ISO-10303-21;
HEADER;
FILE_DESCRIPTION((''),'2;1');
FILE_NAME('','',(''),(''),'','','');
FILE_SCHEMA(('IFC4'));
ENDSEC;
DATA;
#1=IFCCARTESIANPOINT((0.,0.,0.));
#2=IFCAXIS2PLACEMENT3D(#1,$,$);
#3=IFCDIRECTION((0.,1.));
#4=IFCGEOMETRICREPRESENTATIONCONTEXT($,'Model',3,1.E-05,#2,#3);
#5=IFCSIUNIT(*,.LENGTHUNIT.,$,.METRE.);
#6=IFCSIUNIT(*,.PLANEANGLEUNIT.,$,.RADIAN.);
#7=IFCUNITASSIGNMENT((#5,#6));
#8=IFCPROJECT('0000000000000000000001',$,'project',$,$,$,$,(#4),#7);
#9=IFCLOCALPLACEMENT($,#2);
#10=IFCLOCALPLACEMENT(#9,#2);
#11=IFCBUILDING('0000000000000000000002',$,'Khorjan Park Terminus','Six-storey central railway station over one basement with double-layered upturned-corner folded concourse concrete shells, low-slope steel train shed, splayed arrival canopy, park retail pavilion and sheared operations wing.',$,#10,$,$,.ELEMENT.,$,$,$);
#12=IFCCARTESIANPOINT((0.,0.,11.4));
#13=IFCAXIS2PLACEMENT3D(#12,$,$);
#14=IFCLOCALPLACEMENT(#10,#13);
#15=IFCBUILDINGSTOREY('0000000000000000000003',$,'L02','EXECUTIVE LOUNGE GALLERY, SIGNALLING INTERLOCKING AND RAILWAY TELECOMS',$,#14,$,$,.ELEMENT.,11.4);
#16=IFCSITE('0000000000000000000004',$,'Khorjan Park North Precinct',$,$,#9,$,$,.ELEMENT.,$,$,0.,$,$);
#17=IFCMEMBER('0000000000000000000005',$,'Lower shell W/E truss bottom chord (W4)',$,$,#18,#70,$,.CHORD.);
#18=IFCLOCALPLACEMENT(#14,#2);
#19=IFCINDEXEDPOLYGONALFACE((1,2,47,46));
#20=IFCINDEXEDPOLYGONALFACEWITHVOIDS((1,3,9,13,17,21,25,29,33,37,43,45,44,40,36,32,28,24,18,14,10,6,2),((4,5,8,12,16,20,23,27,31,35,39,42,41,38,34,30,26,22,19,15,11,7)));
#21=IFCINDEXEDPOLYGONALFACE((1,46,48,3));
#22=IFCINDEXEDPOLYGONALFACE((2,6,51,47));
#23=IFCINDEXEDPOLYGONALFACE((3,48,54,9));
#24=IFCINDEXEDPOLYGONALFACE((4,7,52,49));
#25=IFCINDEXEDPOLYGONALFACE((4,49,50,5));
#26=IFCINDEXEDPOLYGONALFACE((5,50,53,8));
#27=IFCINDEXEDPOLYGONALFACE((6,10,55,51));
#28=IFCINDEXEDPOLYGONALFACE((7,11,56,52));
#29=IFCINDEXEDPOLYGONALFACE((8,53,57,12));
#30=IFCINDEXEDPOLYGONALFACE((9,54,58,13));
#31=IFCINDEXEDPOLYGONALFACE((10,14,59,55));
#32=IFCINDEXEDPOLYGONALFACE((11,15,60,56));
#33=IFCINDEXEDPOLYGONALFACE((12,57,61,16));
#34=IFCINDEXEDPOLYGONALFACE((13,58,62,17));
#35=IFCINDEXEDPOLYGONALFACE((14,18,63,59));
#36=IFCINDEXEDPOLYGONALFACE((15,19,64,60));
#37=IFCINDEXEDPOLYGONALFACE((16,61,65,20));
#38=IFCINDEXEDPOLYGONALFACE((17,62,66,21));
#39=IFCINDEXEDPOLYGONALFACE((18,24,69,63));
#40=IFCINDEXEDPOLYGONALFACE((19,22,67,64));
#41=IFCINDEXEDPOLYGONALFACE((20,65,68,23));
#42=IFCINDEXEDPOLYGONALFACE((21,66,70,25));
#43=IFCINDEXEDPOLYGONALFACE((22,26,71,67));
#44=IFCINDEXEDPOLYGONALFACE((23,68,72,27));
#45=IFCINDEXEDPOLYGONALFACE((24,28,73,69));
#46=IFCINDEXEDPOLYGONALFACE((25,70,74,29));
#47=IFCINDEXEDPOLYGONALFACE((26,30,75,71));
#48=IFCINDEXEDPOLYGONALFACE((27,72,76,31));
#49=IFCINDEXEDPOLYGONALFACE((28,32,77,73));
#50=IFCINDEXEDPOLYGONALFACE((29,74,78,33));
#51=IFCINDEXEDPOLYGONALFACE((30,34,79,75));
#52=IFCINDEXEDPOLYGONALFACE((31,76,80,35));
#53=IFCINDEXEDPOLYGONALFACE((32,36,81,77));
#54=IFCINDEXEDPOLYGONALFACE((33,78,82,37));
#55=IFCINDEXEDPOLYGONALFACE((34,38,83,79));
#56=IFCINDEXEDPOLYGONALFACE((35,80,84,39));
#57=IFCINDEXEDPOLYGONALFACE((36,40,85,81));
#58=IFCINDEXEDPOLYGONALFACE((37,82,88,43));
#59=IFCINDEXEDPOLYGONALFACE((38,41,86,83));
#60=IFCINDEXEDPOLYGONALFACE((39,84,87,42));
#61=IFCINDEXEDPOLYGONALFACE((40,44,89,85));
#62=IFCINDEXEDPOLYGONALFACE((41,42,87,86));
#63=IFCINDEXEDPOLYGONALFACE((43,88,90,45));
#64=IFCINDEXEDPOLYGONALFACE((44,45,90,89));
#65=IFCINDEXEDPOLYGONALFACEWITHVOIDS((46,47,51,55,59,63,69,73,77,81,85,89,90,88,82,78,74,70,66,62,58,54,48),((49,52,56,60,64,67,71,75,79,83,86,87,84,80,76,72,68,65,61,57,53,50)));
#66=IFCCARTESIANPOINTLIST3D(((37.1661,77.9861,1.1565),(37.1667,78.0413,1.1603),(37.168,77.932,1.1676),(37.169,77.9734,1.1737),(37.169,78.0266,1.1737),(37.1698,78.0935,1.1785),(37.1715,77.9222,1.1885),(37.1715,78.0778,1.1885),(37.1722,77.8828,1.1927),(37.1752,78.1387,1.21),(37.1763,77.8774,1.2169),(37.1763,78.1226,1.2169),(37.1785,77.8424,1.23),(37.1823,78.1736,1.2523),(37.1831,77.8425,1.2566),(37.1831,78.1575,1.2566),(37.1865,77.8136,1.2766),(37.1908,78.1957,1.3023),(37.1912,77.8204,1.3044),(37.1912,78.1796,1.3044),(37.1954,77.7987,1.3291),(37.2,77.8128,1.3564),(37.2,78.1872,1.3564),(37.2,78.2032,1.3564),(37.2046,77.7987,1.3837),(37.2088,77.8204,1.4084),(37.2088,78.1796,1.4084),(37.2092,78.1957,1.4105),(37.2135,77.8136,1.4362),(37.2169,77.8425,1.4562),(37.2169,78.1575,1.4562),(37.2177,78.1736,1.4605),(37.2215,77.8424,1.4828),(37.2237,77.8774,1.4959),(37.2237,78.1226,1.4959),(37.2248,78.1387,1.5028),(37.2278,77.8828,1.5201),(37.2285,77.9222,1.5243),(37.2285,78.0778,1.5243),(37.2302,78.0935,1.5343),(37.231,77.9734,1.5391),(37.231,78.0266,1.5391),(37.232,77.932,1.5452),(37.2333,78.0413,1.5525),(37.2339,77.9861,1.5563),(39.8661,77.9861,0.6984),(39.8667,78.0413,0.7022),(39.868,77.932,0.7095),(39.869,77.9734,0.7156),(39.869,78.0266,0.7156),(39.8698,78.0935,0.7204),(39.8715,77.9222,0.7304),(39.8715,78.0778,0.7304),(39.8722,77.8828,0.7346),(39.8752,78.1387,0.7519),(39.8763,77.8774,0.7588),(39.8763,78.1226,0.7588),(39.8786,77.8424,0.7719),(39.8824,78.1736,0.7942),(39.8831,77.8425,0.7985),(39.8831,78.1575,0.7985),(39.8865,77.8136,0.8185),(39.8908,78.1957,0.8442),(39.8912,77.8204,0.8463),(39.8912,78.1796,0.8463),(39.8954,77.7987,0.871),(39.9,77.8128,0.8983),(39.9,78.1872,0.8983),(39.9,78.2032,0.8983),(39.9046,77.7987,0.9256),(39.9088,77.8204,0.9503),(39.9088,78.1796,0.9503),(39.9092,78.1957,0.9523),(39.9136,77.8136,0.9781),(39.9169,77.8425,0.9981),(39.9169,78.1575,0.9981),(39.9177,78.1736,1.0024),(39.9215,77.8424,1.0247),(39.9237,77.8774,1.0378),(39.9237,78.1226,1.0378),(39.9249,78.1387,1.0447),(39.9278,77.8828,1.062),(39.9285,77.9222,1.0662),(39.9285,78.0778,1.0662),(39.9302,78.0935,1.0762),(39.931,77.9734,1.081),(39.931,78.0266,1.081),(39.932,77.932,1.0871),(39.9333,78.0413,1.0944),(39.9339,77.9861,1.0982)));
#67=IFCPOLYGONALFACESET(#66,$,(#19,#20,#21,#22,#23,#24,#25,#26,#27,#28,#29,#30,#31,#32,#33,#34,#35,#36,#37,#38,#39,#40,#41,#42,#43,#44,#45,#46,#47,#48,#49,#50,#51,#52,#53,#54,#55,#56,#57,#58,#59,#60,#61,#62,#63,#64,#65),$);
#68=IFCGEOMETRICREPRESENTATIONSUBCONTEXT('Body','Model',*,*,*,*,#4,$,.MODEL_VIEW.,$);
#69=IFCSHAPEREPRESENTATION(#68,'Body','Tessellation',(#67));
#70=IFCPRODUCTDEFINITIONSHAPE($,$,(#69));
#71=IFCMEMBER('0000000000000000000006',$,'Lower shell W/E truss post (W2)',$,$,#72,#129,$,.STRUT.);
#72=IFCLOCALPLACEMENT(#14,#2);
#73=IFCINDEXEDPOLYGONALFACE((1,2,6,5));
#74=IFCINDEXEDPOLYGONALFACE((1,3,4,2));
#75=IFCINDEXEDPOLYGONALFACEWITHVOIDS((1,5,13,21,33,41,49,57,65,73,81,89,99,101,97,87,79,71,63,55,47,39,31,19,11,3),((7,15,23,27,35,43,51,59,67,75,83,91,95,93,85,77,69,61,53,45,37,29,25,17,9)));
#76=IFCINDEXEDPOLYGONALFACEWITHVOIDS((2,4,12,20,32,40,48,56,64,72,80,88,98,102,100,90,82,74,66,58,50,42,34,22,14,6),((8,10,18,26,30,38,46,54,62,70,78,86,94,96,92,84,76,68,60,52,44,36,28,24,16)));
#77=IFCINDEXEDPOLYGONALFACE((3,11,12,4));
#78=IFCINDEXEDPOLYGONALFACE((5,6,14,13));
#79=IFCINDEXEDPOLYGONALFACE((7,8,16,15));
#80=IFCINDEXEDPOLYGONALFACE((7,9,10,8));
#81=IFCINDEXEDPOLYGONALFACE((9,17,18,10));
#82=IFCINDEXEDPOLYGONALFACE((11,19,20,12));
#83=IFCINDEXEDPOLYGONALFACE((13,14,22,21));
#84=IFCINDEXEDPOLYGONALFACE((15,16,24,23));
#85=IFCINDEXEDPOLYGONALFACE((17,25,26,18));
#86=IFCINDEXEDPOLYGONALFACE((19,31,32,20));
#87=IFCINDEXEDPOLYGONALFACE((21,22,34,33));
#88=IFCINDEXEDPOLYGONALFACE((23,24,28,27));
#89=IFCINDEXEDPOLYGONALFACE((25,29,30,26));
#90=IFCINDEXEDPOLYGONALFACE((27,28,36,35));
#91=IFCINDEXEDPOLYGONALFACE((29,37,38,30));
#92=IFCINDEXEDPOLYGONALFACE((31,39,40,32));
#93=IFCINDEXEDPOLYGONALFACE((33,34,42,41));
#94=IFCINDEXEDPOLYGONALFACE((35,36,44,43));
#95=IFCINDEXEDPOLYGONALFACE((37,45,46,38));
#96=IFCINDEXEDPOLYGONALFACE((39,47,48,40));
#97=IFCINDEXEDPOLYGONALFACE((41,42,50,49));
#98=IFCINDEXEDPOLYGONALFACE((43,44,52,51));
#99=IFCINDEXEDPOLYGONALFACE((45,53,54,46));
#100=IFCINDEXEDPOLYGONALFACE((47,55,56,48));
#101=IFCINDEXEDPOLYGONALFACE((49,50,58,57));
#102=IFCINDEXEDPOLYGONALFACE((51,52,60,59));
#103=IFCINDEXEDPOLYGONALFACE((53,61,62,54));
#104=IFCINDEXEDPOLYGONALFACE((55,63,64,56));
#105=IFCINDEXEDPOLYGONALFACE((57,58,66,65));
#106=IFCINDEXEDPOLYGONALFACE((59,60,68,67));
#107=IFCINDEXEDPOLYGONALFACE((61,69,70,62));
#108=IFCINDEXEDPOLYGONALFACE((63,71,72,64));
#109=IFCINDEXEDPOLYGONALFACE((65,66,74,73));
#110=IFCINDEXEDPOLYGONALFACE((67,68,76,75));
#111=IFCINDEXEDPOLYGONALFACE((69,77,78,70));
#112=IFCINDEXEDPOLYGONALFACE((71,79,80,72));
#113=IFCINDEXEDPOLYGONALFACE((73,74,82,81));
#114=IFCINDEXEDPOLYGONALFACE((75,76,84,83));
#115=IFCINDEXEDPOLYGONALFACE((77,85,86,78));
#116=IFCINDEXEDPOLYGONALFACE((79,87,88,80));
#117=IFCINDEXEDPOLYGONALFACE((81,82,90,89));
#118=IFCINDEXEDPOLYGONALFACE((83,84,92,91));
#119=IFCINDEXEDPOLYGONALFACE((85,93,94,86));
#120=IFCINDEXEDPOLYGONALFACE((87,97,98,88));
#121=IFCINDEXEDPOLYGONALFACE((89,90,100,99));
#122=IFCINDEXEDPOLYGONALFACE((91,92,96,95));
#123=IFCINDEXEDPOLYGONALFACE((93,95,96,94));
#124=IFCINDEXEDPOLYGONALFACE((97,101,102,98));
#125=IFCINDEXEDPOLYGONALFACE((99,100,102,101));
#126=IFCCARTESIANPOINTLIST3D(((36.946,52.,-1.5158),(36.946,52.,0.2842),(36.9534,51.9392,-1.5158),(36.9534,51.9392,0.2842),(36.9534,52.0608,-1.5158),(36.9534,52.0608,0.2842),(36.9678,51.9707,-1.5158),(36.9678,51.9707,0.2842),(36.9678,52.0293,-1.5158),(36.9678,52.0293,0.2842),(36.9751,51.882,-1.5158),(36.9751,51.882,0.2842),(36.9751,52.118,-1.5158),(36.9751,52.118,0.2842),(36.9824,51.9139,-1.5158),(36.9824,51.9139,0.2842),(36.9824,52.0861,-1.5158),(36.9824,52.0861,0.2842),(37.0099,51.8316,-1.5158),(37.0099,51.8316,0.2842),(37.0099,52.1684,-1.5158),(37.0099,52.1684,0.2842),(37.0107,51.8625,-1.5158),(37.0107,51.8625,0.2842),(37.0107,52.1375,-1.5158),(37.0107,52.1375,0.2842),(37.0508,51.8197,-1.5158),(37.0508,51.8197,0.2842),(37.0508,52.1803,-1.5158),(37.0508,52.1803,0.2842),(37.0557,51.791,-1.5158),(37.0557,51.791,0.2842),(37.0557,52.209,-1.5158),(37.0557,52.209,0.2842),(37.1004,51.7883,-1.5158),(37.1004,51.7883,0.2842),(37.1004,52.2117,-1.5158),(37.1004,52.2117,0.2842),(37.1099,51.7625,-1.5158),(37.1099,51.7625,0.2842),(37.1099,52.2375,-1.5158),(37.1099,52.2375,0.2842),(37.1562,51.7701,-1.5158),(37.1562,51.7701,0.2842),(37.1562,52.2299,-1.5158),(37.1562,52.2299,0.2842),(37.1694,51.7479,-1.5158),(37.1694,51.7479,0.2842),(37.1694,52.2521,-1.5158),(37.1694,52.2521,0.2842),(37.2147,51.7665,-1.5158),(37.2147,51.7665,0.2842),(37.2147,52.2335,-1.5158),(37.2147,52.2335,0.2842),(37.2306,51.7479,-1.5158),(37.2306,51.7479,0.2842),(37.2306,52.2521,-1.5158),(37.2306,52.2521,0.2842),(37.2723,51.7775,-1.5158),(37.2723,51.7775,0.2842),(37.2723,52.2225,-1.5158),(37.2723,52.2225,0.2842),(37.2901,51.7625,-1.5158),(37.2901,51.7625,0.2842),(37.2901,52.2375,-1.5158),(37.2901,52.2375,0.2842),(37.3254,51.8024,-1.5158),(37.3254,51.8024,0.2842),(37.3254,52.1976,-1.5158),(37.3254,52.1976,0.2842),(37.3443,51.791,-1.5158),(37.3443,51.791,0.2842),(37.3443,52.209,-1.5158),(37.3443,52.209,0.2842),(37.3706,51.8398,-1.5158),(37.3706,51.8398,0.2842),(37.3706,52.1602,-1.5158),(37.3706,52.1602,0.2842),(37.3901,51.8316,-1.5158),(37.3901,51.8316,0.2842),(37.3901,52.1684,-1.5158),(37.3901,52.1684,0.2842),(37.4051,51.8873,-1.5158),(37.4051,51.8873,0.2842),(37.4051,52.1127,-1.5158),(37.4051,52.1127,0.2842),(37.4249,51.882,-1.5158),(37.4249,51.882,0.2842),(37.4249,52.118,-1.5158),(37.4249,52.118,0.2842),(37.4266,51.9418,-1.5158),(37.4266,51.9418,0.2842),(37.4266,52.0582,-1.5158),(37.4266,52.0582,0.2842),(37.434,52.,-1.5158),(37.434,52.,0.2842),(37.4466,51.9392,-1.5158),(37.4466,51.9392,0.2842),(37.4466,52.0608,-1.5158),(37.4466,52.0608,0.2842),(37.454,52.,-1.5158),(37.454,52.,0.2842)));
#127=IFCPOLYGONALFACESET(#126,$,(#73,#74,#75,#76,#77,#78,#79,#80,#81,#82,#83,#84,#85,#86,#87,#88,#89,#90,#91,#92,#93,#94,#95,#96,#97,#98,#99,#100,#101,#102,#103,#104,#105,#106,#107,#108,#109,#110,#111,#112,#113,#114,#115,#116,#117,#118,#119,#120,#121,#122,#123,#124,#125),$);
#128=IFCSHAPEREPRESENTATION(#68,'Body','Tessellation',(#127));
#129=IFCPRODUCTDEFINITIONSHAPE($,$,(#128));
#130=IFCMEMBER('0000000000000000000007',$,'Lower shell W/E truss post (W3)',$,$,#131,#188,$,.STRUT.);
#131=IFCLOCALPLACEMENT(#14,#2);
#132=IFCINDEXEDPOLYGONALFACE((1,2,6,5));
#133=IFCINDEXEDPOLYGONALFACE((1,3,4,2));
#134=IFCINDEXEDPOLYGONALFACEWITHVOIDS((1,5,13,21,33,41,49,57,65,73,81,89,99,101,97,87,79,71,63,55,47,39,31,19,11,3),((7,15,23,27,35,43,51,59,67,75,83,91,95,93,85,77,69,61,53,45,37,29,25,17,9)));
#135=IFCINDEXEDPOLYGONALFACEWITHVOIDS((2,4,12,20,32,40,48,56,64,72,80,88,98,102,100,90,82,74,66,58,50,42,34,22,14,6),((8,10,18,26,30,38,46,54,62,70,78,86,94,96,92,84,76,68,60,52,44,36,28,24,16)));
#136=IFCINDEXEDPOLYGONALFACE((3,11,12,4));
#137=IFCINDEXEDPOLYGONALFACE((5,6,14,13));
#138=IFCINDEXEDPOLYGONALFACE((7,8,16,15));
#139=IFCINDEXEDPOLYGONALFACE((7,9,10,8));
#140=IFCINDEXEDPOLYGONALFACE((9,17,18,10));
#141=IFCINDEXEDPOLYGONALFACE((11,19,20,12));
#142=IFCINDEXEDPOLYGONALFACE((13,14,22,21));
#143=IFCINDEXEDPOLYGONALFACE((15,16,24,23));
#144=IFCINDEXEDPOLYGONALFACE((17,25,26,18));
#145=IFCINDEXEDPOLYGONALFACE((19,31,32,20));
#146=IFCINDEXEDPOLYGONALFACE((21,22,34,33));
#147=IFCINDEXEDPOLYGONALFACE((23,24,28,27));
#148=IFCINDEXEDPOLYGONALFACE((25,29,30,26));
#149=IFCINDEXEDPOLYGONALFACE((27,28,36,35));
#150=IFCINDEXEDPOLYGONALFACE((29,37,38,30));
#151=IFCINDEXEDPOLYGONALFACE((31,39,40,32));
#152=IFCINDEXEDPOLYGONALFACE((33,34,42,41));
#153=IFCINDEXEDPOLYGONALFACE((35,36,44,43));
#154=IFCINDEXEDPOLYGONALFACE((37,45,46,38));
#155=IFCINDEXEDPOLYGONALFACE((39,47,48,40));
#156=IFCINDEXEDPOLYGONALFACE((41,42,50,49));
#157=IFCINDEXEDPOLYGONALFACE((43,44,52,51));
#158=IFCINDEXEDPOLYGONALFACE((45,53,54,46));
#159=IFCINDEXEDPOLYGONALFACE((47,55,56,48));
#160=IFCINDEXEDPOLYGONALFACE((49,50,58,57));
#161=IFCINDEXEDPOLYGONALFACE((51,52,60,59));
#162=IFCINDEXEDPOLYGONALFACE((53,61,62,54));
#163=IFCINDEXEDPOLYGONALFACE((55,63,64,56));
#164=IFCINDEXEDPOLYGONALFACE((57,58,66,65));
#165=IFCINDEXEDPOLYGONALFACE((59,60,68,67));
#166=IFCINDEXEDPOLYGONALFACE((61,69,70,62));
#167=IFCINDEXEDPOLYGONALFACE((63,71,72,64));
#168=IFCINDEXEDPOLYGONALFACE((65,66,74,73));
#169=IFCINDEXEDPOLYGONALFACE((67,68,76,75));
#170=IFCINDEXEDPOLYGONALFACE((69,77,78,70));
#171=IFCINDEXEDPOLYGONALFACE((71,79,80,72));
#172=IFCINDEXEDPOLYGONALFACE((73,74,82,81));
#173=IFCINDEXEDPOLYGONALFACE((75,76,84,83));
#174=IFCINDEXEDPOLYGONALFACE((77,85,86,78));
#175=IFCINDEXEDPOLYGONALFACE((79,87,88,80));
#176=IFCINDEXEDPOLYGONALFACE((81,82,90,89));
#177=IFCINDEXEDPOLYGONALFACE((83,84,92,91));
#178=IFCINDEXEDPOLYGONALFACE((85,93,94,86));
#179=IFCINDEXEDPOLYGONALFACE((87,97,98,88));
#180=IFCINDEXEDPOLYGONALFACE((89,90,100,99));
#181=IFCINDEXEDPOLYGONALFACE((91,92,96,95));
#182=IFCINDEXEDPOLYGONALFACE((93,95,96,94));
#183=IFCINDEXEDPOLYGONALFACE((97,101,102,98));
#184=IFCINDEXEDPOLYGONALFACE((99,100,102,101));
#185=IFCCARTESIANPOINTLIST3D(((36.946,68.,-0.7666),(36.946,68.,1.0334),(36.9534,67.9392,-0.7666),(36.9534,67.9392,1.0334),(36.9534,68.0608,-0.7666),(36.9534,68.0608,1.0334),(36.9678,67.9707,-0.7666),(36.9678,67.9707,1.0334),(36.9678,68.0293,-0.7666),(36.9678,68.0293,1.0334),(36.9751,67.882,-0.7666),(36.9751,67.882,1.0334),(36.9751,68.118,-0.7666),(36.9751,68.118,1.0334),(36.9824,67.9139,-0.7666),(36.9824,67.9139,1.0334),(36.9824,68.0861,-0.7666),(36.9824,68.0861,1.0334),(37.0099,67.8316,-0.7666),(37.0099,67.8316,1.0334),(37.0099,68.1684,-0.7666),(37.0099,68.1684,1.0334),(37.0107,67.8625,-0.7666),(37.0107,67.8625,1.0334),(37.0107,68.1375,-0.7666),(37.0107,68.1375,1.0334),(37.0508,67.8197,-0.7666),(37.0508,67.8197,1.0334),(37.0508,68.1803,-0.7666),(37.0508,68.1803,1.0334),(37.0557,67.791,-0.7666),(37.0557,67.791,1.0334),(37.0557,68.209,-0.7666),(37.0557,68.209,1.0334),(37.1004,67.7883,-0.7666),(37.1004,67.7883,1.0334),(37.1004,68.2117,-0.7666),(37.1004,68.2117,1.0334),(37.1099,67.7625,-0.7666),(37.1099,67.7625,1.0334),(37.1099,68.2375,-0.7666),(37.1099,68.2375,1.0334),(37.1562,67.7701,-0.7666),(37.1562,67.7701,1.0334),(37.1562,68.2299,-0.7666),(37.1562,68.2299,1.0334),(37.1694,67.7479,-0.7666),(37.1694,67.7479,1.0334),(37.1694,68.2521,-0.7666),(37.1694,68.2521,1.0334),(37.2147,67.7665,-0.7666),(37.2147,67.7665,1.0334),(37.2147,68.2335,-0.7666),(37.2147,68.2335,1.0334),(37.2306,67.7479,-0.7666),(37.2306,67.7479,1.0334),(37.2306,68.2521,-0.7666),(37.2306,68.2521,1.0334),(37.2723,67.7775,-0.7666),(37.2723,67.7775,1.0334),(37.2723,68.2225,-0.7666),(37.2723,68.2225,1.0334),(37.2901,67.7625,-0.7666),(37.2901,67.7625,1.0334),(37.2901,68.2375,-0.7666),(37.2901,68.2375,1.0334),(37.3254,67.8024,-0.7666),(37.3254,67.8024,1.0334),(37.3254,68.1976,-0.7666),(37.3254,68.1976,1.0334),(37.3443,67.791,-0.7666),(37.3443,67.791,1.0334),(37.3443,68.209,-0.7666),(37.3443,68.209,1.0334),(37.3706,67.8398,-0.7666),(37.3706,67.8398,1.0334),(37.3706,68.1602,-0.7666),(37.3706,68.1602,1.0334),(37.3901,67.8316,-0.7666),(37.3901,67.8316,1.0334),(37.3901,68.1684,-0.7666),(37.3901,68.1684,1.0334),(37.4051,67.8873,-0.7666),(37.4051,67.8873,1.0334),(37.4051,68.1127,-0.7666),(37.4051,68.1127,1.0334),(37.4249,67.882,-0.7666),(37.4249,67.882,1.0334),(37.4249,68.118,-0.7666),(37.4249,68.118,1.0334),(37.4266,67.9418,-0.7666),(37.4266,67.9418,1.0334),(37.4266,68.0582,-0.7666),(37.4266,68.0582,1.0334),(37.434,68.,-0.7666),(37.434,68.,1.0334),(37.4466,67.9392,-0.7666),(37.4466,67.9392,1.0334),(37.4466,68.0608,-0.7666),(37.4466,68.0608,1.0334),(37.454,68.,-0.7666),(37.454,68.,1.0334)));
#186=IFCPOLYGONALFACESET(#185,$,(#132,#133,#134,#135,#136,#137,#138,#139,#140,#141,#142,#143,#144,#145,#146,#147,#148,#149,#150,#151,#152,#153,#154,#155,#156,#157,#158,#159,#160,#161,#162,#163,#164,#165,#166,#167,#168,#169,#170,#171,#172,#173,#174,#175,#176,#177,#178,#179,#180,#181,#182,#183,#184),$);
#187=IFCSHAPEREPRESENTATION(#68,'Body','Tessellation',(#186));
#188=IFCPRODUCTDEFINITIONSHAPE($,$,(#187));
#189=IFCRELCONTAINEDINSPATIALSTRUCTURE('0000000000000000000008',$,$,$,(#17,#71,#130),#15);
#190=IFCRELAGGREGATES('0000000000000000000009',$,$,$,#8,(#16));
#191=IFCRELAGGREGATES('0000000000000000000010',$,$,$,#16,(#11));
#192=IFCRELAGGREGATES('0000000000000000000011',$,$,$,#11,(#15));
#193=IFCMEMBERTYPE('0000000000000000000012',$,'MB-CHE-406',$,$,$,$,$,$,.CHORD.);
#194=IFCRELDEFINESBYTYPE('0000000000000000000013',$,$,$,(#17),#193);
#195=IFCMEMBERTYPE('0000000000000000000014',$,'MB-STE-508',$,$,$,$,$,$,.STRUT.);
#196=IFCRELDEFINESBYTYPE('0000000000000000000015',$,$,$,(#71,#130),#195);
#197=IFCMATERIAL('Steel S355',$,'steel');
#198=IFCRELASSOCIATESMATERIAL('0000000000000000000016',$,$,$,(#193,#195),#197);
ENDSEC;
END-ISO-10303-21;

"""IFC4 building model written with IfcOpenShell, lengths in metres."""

from ifc_helpers import new_model, si_unit, direction, frame, origin, origin_2d, place, context, subcontext, project, spatial, hollow_circle, extrude, material, material_profile, profile_set, type_object, element, save


model = new_model("IFC4")

# Units and contexts
model_context = context("Model", 3, precision=1e-05, world=origin(), true_north=direction((0.0, 1.0)))
body_context = subcontext(model_context, "Body", "Model", "MODEL_VIEW")
ifc_project = project(units=[si_unit("LENGTHUNIT", "METRE"), si_unit("PLANEANGLEUNIT", "RADIAN")], contexts=[model_context])

# Site, building, storey
site_placement = place(None, origin())
site = spatial("IfcSite", under=ifc_project, at=site_placement, Name="Khorjan Park North Precinct", CompositionType="ELEMENT", RefElevation=0.0)
building_placement = place(site_placement, origin())
building = spatial("IfcBuilding", under=site, at=building_placement, Name="Khorjan Park Terminus", Description="Six-storey central railway station over one basement with double-layered upturned-corner folded concourse concrete shells, low-slope steel train shed, splayed arrival canopy, park retail pavilion and sheared operations wing.", CompositionType="ELEMENT")
storey_placement = place(building_placement, frame((0.0, 0.0, 11.4)))
storey = spatial("IfcBuildingStorey", under=building, at=storey_placement, Name="L02", Description="EXECUTIVE LOUNGE GALLERY, SIGNALLING INTERLOCKING AND RAILWAY TELECOMS", CompositionType="ELEMENT", Elevation=11.4)

# Shared definitions
ifc_material_1 = material(Name="Steel S355", Category="steel")

# Members
ifc_material_profile_1 = material_profile(ifc_material_1, hollow_circle(Radius=0.2032, WallThickness=0.016, at=origin_2d()), Name="CHS 406.4x16")
ifc_profile_set_1 = profile_set([ifc_material_profile_1], Name="Steel S355")
member_type_1 = type_object("IfcMemberType", Name="MB-CHE-406", PredefinedType="CHORD", material=ifc_profile_set_1)
for number, where, z_axis, x_axis, name in (
    (1, (37.2, 78.0, 1.3564), (0.98591, 0.0, -0.167276), (0.0, 1.0, 0.0), "Lower shell W/E truss bottom chord (W4)"),
):
    element("IfcMember", number, at=place(storey_placement, frame(where, z_axis=z_axis, x_axis=x_axis)), inside=storey, type_object=member_type_1, Name=name, PredefinedType="CHORD", context=body_context, shape_type="SweptSolid", body=[
        extrude(hollow_circle(Radius=0.2032, WallThickness=0.016, at=origin_2d()), origin(), (0.0, 0.0, 1.0), 2.7386),
    ])
ifc_material_profile_2 = material_profile(ifc_material_1, hollow_circle(Radius=0.254, WallThickness=0.02, at=origin_2d()), Name="CHS 508x20")
ifc_profile_set_2 = profile_set([ifc_material_profile_2], Name="Steel S355")
member_type_2 = type_object("IfcMemberType", Name="MB-STE-508", PredefinedType="STRUT", material=ifc_profile_set_2)
for number, where, z_axis, x_axis, name in (
    (2, (37.2, 52.0, -1.5158), (0.0, 0.0, 1.0), (1.0, 0.0, 0.0), "Lower shell W/E truss post (W2)"),
    (3, (37.2, 68.0, -0.7666), (0.0, 0.0, 1.0), (1.0, 0.0, 0.0), "Lower shell W/E truss post (W3)"),
):
    element("IfcMember", number, at=place(storey_placement, frame(where, z_axis=z_axis, x_axis=x_axis)), inside=storey, type_object=member_type_2, Name=name, PredefinedType="STRUT", context=body_context, shape_type="SweptSolid", body=[
        extrude(hollow_circle(Radius=0.254, WallThickness=0.02, at=origin_2d()), origin(), (0.0, 0.0, 1.0), 1.8),
    ])

save(model, "model.ifc")
